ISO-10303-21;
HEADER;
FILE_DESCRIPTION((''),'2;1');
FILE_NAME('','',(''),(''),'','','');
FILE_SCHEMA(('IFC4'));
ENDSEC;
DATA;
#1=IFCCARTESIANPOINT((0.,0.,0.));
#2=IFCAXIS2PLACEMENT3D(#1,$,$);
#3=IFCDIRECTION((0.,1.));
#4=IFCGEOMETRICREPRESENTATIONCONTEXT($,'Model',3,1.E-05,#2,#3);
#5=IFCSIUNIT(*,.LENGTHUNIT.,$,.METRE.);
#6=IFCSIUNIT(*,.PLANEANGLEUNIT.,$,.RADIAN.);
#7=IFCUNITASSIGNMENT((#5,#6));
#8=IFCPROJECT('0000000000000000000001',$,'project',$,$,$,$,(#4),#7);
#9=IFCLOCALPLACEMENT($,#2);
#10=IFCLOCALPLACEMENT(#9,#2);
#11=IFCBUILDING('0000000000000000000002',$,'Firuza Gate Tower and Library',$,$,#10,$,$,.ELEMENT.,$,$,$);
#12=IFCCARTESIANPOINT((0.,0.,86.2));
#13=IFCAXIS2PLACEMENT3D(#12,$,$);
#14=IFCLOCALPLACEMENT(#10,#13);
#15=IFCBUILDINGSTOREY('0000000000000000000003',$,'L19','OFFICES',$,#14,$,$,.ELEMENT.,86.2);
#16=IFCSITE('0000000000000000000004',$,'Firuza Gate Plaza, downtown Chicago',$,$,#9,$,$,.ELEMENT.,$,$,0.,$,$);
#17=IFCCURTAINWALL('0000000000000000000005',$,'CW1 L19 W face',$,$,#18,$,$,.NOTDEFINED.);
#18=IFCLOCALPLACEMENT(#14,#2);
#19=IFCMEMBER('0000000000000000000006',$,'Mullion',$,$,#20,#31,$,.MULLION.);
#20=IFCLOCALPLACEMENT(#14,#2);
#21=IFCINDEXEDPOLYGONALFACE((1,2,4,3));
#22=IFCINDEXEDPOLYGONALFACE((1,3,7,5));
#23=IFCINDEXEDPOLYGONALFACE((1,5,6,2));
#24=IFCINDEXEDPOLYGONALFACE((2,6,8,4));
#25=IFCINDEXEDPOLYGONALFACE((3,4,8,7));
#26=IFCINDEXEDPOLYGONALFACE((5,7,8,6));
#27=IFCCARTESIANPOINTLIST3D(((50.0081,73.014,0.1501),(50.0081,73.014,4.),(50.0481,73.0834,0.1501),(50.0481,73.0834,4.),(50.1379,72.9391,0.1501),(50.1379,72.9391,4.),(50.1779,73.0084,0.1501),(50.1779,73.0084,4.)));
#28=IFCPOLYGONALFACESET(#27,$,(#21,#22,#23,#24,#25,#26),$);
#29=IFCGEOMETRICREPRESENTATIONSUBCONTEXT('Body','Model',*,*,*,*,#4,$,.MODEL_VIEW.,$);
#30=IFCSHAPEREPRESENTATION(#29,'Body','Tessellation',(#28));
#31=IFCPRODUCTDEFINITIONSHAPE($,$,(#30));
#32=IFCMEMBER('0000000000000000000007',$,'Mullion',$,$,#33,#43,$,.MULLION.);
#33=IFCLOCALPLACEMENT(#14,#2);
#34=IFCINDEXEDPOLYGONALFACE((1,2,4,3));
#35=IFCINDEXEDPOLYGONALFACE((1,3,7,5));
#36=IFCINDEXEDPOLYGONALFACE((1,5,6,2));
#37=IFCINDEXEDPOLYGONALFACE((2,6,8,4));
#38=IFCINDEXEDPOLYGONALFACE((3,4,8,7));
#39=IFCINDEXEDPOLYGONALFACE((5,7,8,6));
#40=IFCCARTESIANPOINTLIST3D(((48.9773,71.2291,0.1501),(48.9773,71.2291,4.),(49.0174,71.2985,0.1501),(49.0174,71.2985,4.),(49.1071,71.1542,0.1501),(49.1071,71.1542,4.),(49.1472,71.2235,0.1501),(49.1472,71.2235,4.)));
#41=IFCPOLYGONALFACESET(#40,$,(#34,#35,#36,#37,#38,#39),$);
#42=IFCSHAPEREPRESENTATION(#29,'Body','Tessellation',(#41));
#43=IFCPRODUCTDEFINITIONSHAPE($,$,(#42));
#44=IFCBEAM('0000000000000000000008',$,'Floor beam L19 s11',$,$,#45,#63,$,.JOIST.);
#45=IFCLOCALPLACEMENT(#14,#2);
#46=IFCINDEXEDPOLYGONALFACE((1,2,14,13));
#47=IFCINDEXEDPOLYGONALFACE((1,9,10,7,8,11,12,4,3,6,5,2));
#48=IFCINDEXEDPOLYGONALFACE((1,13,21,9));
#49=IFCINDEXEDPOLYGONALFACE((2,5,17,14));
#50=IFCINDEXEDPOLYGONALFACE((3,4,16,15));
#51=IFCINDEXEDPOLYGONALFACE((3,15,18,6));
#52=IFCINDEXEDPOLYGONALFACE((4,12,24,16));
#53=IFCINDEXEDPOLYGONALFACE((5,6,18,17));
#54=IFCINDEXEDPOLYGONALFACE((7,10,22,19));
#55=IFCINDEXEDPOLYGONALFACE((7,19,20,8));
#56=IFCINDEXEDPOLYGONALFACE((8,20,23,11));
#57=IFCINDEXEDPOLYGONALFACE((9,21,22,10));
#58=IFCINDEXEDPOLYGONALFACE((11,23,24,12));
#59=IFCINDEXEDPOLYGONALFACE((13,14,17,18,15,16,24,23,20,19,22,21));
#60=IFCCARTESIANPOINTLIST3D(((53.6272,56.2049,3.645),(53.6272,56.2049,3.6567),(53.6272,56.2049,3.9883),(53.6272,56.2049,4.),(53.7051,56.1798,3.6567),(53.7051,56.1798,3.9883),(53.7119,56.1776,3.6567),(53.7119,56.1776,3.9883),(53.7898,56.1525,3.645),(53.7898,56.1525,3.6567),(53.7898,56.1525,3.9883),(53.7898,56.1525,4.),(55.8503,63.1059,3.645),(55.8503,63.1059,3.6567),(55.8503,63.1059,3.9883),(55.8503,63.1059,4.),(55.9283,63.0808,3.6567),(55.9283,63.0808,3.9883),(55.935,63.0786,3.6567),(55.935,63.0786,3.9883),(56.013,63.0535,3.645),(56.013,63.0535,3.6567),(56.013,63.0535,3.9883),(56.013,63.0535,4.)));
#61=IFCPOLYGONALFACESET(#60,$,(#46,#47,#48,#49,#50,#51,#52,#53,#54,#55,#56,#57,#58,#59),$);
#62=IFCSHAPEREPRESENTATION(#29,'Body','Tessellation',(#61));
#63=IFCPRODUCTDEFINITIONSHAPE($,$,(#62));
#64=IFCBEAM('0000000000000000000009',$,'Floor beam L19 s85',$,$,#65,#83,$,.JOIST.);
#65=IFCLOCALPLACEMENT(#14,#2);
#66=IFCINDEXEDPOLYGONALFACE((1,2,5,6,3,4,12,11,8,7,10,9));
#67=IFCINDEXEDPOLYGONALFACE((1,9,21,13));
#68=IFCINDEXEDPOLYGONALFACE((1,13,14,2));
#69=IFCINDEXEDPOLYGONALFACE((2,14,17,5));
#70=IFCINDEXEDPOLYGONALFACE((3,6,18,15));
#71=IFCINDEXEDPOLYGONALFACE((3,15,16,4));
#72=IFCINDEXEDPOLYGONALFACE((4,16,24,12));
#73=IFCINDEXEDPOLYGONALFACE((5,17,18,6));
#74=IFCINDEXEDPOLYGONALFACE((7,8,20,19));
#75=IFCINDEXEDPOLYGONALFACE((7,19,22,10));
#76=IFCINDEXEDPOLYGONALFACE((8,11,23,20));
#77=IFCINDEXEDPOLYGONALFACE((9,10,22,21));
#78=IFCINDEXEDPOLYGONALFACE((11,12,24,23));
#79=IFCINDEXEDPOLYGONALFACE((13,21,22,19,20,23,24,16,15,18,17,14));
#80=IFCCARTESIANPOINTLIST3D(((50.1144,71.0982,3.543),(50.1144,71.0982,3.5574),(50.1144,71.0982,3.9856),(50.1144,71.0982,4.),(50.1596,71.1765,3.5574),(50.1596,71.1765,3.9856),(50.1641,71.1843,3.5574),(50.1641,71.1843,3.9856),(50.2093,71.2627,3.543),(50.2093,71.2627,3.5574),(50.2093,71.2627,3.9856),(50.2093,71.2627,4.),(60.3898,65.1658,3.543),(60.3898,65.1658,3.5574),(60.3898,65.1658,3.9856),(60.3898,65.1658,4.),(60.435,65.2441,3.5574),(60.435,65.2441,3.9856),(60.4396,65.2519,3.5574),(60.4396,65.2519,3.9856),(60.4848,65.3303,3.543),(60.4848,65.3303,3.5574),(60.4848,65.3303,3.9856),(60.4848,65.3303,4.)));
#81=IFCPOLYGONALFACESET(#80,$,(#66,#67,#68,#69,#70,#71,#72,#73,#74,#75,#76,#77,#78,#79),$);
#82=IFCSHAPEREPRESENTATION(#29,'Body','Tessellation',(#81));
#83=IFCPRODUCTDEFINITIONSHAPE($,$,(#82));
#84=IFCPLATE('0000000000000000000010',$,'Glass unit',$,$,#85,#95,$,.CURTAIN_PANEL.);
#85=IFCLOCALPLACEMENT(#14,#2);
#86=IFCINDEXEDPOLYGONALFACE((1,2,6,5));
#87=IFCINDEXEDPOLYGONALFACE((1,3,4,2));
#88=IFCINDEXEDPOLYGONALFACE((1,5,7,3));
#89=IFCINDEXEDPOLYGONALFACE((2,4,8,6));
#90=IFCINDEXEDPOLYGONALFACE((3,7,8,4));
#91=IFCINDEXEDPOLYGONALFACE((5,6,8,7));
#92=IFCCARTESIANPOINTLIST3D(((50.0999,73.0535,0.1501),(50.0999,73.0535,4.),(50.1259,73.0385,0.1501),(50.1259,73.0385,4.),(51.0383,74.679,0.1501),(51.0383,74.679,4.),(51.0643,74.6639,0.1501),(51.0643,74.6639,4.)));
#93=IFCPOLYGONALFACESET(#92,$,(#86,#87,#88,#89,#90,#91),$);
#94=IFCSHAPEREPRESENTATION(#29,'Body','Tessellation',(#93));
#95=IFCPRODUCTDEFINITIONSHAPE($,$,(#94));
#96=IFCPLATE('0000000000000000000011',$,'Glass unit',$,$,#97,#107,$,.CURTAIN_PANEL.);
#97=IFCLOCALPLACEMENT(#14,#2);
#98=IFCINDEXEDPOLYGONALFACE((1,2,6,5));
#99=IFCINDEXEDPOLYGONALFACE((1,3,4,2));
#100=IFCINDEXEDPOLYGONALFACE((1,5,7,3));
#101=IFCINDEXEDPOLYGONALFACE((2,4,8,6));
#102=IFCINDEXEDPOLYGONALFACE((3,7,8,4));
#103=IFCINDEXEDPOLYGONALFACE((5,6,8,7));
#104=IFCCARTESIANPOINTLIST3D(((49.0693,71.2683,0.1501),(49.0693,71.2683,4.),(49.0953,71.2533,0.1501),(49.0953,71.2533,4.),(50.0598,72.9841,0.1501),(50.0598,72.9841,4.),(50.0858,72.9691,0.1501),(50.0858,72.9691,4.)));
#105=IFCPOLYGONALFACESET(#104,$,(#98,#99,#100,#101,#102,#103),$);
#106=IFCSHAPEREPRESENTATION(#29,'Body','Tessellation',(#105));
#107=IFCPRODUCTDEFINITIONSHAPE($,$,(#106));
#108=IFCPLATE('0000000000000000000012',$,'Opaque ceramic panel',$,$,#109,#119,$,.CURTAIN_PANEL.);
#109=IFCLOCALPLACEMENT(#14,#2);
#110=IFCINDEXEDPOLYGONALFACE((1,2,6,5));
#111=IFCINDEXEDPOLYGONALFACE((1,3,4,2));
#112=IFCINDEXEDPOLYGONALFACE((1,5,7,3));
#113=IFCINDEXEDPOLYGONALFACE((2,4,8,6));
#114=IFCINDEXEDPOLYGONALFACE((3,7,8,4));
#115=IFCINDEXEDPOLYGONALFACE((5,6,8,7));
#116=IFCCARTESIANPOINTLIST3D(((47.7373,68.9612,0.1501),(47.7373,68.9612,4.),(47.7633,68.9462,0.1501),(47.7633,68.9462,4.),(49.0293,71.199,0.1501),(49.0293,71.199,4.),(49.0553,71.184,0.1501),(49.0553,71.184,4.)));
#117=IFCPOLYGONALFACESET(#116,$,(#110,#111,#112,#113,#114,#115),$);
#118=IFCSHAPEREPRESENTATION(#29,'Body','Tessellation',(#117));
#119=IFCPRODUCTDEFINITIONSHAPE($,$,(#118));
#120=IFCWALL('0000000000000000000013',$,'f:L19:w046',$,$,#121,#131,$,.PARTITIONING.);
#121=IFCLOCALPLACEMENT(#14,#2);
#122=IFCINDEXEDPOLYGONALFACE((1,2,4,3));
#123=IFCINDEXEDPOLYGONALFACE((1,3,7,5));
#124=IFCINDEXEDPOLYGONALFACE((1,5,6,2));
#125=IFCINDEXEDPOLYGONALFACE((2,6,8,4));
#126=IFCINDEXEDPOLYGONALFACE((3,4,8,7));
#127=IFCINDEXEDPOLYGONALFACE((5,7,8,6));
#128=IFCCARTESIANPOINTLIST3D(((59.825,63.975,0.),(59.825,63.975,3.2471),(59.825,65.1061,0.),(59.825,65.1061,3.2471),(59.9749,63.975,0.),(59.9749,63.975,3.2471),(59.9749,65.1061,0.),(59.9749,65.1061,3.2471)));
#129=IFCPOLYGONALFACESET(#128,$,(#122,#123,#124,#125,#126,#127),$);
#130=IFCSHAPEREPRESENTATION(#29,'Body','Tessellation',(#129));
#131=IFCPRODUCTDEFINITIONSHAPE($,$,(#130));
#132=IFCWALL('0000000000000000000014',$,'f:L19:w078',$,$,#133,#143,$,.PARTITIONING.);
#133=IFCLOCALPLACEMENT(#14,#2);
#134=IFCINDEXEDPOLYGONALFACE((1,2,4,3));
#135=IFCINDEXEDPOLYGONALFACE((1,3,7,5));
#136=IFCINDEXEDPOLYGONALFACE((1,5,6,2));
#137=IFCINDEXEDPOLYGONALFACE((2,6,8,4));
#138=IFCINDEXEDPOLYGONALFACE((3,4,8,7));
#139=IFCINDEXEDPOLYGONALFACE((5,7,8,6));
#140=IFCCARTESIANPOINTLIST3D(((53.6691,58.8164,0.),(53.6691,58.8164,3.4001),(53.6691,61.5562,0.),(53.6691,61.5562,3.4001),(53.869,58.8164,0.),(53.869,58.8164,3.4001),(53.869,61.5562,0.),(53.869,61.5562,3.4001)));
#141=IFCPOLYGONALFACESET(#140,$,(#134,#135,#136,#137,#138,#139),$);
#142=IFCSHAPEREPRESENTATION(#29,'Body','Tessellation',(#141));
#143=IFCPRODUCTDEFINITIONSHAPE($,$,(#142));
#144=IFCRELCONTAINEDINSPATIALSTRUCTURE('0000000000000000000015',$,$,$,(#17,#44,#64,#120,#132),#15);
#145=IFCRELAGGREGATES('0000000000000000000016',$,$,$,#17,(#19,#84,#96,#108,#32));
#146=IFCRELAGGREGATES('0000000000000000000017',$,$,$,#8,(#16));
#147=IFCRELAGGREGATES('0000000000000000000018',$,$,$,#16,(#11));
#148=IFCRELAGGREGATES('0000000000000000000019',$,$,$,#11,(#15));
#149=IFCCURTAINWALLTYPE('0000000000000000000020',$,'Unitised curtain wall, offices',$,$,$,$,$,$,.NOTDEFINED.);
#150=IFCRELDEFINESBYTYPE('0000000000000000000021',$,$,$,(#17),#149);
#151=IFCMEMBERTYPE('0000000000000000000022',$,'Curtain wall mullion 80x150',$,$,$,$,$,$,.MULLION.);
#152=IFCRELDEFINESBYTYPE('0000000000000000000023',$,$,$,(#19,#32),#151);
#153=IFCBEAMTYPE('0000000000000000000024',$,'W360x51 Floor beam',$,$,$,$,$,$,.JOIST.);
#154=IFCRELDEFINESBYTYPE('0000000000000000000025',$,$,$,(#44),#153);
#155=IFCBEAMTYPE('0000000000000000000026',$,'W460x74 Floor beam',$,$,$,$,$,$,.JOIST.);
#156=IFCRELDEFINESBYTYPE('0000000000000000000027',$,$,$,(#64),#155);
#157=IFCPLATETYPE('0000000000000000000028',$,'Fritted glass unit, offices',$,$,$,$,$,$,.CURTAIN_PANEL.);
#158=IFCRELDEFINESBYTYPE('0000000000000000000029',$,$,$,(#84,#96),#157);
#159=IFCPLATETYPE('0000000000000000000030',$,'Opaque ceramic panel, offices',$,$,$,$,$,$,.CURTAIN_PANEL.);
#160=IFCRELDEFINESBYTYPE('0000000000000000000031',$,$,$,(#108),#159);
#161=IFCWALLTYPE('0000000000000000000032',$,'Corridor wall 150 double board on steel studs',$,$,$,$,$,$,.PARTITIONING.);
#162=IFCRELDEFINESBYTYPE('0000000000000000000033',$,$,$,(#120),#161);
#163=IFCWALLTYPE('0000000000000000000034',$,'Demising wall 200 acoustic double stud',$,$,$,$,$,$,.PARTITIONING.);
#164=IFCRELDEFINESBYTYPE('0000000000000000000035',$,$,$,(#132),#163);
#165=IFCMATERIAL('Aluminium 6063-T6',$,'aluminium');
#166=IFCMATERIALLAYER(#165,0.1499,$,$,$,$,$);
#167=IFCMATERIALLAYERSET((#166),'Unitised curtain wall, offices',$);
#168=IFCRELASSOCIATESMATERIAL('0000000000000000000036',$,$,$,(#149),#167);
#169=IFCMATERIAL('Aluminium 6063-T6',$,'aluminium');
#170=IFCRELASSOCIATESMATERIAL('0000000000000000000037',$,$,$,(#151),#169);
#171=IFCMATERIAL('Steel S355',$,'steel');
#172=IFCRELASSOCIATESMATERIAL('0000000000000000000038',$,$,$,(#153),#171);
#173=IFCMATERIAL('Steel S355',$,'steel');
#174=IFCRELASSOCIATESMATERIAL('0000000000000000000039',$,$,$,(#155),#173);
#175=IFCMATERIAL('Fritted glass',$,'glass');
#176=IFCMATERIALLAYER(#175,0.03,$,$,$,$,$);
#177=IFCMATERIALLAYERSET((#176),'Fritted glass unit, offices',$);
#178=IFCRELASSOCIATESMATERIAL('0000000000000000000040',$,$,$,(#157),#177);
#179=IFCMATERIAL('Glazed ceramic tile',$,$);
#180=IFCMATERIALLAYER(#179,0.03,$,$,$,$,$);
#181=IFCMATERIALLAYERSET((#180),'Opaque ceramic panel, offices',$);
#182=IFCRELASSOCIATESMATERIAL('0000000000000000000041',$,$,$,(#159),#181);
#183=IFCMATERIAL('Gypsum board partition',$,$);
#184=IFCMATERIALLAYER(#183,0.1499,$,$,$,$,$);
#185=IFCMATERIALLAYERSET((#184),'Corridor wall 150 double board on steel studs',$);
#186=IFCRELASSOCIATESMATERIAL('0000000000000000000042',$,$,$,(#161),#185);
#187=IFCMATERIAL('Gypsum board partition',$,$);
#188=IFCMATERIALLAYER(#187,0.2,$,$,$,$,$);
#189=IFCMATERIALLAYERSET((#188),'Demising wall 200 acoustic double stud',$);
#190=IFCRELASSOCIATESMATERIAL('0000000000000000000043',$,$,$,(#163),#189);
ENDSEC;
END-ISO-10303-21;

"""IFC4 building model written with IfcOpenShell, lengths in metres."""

from ifc_helpers import new_model, si_unit, direction, frame, frame_2d, origin, origin_2d, place, context, subcontext, project, spatial, polyline, rectangle, i_section, outline, extrude, material, layer, layer_set, material_profile, profile_set, type_object, element, aggregate, save


model = new_model("IFC4")

# Units and contexts
model_context = context("Model", 3, precision=1e-05, world=origin(), true_north=direction((0.0, 1.0)))
body_context = subcontext(model_context, "Body", "Model", "MODEL_VIEW")
ifc_project = project(units=[si_unit("LENGTHUNIT", "METRE"), si_unit("PLANEANGLEUNIT", "RADIAN")], contexts=[model_context])

# Site, building, storey
site_placement = place(None, origin())
site = spatial("IfcSite", under=ifc_project, at=site_placement, Name="Firuza Gate Plaza, downtown Chicago", CompositionType="ELEMENT", RefElevation=0.0)
building_placement = place(site_placement, origin())
building = spatial("IfcBuilding", under=site, at=building_placement, Name="Firuza Gate Tower and Library", CompositionType="ELEMENT")
storey_placement = place(building_placement, frame((0.0, 0.0, 86.2)))
storey = spatial("IfcBuildingStorey", under=building, at=storey_placement, Name="L19", Description="OFFICES", CompositionType="ELEMENT", Elevation=86.2)

# Curtain wall, members
ifc_material_1 = material(Name="Aluminium 6063-T6", Category="aluminium")
ifc_layer_1 = layer(ifc_material_1, 0.1499)
ifc_layer_set_1 = layer_set([ifc_layer_1], Name="Unitised curtain wall, offices")
curtain_wall_type = type_object("IfcCurtainWallType", Name="Unitised curtain wall, offices", PredefinedType="NOTDEFINED", material=ifc_layer_set_1)
curtain_wall_placement = place(storey_placement, origin())
curtain_wall = element("IfcCurtainWall", 1, at=curtain_wall_placement, inside=storey, type_object=curtain_wall_type, Name="CW1 L19 W face", PredefinedType="NOTDEFINED")
ifc_material_2 = material(Name="Aluminium 6063-T6", Category="aluminium")
ifc_material_profile_1 = material_profile(ifc_material_2, rectangle(XDim=0.1499, YDim=0.0801, at=origin_2d()))
ifc_profile_set_1 = profile_set([ifc_material_profile_1], Name="Aluminium 6063-T6")
member_type = type_object("IfcMemberType", Name="Curtain wall mullion 80x150", PredefinedType="MULLION", material=ifc_profile_set_1)
member_1_placement = place(storey_placement, frame((50.093, 73.0112, 0.1501), z_axis=(0.0, 0.0, 1.0), x_axis=(0.866025, -0.5, 0.0)))
member_1 = element("IfcMember", 2, at=member_1_placement, type_object=member_type, Name="Mullion", PredefinedType="MULLION", context=body_context, shape_type="SweptSolid", body=[
    extrude(rectangle(XDim=0.1499, YDim=0.0801, at=origin_2d()), origin(), (0.0, 0.0, 1.0), 3.8499),
])
member_2_placement = place(storey_placement, frame((49.0623, 71.2263, 0.1501), z_axis=(0.0, 0.0, 1.0), x_axis=(0.866025, -0.5, 0.0)))
member_2 = element("IfcMember", 3, at=member_2_placement, type_object=member_type, Name="Mullion", PredefinedType="MULLION", context=body_context, shape_type="SweptSolid", body=[
    extrude(rectangle(XDim=0.1499, YDim=0.0801, at=origin_2d()), origin(), (0.0, 0.0, 1.0), 3.8499),
])

# Beams
ifc_material_3 = material(Name="Steel S355", Category="steel")
ifc_material_profile_2 = material_profile(ifc_material_3, i_section(OverallWidth=0.1709, OverallDepth=0.355, WebThickness=0.0071, FlangeThickness=0.0117, at=origin_2d()))
ifc_profile_set_2 = profile_set([ifc_material_profile_2], Name="Steel S355")
beam_type_1 = type_object("IfcBeamType", Name="W360x51 Floor beam", PredefinedType="JOIST", material=ifc_profile_set_2)
beam_1_placement = place(storey_placement, frame((53.7085, 56.1787, 3.8225), z_axis=(0.306635, 0.951827, 0.0), x_axis=(-0.951827, 0.306635, 0.0)))
element("IfcBeam", 4, at=beam_1_placement, inside=storey, type_object=beam_type_1, Name="Floor beam L19 s11", PredefinedType="JOIST", context=body_context, shape_type="SweptSolid", body=[
    extrude(i_section(OverallWidth=0.1709, OverallDepth=0.355, WebThickness=0.0071, FlangeThickness=0.0117, at=origin_2d()), origin(), (0.0, 0.0, 1.0), 7.2502),
])
ifc_material_4 = material(Name="Steel S355", Category="steel")
ifc_material_profile_3 = material_profile(ifc_material_4, i_section(OverallWidth=0.1899, OverallDepth=0.457, WebThickness=0.009, FlangeThickness=0.0144, at=origin_2d()))
ifc_profile_set_3 = profile_set([ifc_material_profile_3], Name="Steel S355")
beam_type_2 = type_object("IfcBeamType", Name="W460x74 Floor beam", PredefinedType="JOIST", material=ifc_profile_set_3)
beam_2_placement = place(storey_placement, frame((50.1619, 71.1804, 3.7715), z_axis=(0.86603, -0.499992, 0.0), x_axis=(0.499992, 0.86603, 0.0)))
element("IfcBeam", 5, at=beam_2_placement, inside=storey, type_object=beam_type_2, Name="Floor beam L19 s85", PredefinedType="JOIST", context=body_context, shape_type="SweptSolid", body=[
    extrude(i_section(OverallWidth=0.1899, OverallDepth=0.457, WebThickness=0.009, FlangeThickness=0.0144, at=origin_2d()), origin(), (0.0, 0.0, 1.0), 11.865),
])

# Plates
ifc_material_5 = material(Name="Fritted glass", Category="glass")
ifc_layer_2 = layer(ifc_material_5, 0.03)
ifc_layer_set_2 = layer_set([ifc_layer_2], Name="Fritted glass unit, offices")
plate_type_1 = type_object("IfcPlateType", Name="Fritted glass unit, offices", PredefinedType="CURTAIN_PANEL", material=ifc_layer_set_2)
plate_1_placement = place(storey_placement, frame((51.0383, 74.679, 0.1501), z_axis=(-0.866025, 0.5, 0.0), x_axis=(-0.5, -0.866025, 0.0)))
plate_1 = element("IfcPlate", 6, at=plate_1_placement, type_object=plate_type_1, Name="Glass unit", PredefinedType="CURTAIN_PANEL", context=body_context, shape_type="SweptSolid", body=[
    extrude(outline(polyline([(0.0, 0.0), (1.877, 0.0), (1.877, 3.8499), (0.0, 3.8499), (0.0, 0.0)])), origin(), (0.0, 0.0, -1.0), 0.03),
])
plate_2_placement = place(storey_placement, frame((50.0598, 72.9841, 0.1501), z_axis=(-0.866058, 0.499943, 0.0), x_axis=(-0.499943, -0.866058, 0.0)))
plate_2 = element("IfcPlate", 7, at=plate_2_placement, type_object=plate_type_1, Name="Glass unit", PredefinedType="CURTAIN_PANEL", context=body_context, shape_type="SweptSolid", body=[
    extrude(outline(polyline([(0.0, 0.0), (1.9812, 0.0), (1.9812, 3.8499), (0.0, 3.8499), (0.0, 0.0)])), origin(), (0.0, 0.0, -1.0), 0.03),
])
ifc_material_6 = material(Name="Glazed ceramic tile")
ifc_layer_3 = layer(ifc_material_6, 0.03)
ifc_layer_set_3 = layer_set([ifc_layer_3], Name="Opaque ceramic panel, offices")
plate_type_2 = type_object("IfcPlateType", Name="Opaque ceramic panel, offices", PredefinedType="CURTAIN_PANEL", material=ifc_layer_set_3)
plate_3_placement = place(storey_placement, frame((49.0293, 71.199, 0.1501), z_axis=(-0.866025, 0.500001, 0.0), x_axis=(-0.500001, -0.866025, 0.0)))
plate_3 = element("IfcPlate", 8, at=plate_3_placement, type_object=plate_type_2, Name="Opaque ceramic panel", PredefinedType="CURTAIN_PANEL", context=body_context, shape_type="SweptSolid", body=[
    extrude(outline(polyline([(0.0, 0.0), (2.584, 0.0), (2.584, 3.8499), (0.0, 3.8499), (0.0, 0.0)])), origin(), (0.0, 0.0, -1.0), 0.03),
])
aggregate(curtain_wall, [member_1, plate_1, plate_2, plate_3, member_2])

# Walls
ifc_material_7 = material(Name="Gypsum board partition")
ifc_layer_4 = layer(ifc_material_7, 0.1499)
ifc_layer_set_4 = layer_set([ifc_layer_4], Name="Corridor wall 150 double board on steel studs")
wall_type_1 = type_object("IfcWallType", Name="Corridor wall 150 double board on steel studs", PredefinedType="PARTITIONING", material=ifc_layer_set_4)
wall_1_placement = place(storey_placement, frame((59.8999, 63.9751, 0.0), z_axis=(0.0, 0.0, 1.0), x_axis=(0.0, 1.0, 0.0)))
element("IfcWall", 9, at=wall_1_placement, inside=storey, type_object=wall_type_1, Name="f:L19:w046", PredefinedType="PARTITIONING", context=body_context, shape_type="SweptSolid", body=[
    extrude(rectangle(XDim=1.1311, YDim=0.1499, at=frame_2d((0.5654, 0.0))), origin(), (0.0, 0.0, 1.0), 3.2471),
])
ifc_material_8 = material(Name="Gypsum board partition")
ifc_layer_5 = layer(ifc_material_8, 0.2)
ifc_layer_set_5 = layer_set([ifc_layer_5], Name="Demising wall 200 acoustic double stud")
wall_type_2 = type_object("IfcWallType", Name="Demising wall 200 acoustic double stud", PredefinedType="PARTITIONING", material=ifc_layer_set_5)
wall_2_placement = place(storey_placement, frame((53.769, 58.8164, 0.0), z_axis=(0.0, 0.0, 1.0), x_axis=(0.0, 1.0, 0.0)))
element("IfcWall", 10, at=wall_2_placement, inside=storey, type_object=wall_type_2, Name="f:L19:w078", PredefinedType="PARTITIONING", context=body_context, shape_type="SweptSolid", body=[
    extrude(rectangle(XDim=2.7397, YDim=0.2, at=frame_2d((1.3699, 0.0))), origin(), (0.0, 0.0, 1.0), 3.4001),
])

save(model, "model.ifc")
